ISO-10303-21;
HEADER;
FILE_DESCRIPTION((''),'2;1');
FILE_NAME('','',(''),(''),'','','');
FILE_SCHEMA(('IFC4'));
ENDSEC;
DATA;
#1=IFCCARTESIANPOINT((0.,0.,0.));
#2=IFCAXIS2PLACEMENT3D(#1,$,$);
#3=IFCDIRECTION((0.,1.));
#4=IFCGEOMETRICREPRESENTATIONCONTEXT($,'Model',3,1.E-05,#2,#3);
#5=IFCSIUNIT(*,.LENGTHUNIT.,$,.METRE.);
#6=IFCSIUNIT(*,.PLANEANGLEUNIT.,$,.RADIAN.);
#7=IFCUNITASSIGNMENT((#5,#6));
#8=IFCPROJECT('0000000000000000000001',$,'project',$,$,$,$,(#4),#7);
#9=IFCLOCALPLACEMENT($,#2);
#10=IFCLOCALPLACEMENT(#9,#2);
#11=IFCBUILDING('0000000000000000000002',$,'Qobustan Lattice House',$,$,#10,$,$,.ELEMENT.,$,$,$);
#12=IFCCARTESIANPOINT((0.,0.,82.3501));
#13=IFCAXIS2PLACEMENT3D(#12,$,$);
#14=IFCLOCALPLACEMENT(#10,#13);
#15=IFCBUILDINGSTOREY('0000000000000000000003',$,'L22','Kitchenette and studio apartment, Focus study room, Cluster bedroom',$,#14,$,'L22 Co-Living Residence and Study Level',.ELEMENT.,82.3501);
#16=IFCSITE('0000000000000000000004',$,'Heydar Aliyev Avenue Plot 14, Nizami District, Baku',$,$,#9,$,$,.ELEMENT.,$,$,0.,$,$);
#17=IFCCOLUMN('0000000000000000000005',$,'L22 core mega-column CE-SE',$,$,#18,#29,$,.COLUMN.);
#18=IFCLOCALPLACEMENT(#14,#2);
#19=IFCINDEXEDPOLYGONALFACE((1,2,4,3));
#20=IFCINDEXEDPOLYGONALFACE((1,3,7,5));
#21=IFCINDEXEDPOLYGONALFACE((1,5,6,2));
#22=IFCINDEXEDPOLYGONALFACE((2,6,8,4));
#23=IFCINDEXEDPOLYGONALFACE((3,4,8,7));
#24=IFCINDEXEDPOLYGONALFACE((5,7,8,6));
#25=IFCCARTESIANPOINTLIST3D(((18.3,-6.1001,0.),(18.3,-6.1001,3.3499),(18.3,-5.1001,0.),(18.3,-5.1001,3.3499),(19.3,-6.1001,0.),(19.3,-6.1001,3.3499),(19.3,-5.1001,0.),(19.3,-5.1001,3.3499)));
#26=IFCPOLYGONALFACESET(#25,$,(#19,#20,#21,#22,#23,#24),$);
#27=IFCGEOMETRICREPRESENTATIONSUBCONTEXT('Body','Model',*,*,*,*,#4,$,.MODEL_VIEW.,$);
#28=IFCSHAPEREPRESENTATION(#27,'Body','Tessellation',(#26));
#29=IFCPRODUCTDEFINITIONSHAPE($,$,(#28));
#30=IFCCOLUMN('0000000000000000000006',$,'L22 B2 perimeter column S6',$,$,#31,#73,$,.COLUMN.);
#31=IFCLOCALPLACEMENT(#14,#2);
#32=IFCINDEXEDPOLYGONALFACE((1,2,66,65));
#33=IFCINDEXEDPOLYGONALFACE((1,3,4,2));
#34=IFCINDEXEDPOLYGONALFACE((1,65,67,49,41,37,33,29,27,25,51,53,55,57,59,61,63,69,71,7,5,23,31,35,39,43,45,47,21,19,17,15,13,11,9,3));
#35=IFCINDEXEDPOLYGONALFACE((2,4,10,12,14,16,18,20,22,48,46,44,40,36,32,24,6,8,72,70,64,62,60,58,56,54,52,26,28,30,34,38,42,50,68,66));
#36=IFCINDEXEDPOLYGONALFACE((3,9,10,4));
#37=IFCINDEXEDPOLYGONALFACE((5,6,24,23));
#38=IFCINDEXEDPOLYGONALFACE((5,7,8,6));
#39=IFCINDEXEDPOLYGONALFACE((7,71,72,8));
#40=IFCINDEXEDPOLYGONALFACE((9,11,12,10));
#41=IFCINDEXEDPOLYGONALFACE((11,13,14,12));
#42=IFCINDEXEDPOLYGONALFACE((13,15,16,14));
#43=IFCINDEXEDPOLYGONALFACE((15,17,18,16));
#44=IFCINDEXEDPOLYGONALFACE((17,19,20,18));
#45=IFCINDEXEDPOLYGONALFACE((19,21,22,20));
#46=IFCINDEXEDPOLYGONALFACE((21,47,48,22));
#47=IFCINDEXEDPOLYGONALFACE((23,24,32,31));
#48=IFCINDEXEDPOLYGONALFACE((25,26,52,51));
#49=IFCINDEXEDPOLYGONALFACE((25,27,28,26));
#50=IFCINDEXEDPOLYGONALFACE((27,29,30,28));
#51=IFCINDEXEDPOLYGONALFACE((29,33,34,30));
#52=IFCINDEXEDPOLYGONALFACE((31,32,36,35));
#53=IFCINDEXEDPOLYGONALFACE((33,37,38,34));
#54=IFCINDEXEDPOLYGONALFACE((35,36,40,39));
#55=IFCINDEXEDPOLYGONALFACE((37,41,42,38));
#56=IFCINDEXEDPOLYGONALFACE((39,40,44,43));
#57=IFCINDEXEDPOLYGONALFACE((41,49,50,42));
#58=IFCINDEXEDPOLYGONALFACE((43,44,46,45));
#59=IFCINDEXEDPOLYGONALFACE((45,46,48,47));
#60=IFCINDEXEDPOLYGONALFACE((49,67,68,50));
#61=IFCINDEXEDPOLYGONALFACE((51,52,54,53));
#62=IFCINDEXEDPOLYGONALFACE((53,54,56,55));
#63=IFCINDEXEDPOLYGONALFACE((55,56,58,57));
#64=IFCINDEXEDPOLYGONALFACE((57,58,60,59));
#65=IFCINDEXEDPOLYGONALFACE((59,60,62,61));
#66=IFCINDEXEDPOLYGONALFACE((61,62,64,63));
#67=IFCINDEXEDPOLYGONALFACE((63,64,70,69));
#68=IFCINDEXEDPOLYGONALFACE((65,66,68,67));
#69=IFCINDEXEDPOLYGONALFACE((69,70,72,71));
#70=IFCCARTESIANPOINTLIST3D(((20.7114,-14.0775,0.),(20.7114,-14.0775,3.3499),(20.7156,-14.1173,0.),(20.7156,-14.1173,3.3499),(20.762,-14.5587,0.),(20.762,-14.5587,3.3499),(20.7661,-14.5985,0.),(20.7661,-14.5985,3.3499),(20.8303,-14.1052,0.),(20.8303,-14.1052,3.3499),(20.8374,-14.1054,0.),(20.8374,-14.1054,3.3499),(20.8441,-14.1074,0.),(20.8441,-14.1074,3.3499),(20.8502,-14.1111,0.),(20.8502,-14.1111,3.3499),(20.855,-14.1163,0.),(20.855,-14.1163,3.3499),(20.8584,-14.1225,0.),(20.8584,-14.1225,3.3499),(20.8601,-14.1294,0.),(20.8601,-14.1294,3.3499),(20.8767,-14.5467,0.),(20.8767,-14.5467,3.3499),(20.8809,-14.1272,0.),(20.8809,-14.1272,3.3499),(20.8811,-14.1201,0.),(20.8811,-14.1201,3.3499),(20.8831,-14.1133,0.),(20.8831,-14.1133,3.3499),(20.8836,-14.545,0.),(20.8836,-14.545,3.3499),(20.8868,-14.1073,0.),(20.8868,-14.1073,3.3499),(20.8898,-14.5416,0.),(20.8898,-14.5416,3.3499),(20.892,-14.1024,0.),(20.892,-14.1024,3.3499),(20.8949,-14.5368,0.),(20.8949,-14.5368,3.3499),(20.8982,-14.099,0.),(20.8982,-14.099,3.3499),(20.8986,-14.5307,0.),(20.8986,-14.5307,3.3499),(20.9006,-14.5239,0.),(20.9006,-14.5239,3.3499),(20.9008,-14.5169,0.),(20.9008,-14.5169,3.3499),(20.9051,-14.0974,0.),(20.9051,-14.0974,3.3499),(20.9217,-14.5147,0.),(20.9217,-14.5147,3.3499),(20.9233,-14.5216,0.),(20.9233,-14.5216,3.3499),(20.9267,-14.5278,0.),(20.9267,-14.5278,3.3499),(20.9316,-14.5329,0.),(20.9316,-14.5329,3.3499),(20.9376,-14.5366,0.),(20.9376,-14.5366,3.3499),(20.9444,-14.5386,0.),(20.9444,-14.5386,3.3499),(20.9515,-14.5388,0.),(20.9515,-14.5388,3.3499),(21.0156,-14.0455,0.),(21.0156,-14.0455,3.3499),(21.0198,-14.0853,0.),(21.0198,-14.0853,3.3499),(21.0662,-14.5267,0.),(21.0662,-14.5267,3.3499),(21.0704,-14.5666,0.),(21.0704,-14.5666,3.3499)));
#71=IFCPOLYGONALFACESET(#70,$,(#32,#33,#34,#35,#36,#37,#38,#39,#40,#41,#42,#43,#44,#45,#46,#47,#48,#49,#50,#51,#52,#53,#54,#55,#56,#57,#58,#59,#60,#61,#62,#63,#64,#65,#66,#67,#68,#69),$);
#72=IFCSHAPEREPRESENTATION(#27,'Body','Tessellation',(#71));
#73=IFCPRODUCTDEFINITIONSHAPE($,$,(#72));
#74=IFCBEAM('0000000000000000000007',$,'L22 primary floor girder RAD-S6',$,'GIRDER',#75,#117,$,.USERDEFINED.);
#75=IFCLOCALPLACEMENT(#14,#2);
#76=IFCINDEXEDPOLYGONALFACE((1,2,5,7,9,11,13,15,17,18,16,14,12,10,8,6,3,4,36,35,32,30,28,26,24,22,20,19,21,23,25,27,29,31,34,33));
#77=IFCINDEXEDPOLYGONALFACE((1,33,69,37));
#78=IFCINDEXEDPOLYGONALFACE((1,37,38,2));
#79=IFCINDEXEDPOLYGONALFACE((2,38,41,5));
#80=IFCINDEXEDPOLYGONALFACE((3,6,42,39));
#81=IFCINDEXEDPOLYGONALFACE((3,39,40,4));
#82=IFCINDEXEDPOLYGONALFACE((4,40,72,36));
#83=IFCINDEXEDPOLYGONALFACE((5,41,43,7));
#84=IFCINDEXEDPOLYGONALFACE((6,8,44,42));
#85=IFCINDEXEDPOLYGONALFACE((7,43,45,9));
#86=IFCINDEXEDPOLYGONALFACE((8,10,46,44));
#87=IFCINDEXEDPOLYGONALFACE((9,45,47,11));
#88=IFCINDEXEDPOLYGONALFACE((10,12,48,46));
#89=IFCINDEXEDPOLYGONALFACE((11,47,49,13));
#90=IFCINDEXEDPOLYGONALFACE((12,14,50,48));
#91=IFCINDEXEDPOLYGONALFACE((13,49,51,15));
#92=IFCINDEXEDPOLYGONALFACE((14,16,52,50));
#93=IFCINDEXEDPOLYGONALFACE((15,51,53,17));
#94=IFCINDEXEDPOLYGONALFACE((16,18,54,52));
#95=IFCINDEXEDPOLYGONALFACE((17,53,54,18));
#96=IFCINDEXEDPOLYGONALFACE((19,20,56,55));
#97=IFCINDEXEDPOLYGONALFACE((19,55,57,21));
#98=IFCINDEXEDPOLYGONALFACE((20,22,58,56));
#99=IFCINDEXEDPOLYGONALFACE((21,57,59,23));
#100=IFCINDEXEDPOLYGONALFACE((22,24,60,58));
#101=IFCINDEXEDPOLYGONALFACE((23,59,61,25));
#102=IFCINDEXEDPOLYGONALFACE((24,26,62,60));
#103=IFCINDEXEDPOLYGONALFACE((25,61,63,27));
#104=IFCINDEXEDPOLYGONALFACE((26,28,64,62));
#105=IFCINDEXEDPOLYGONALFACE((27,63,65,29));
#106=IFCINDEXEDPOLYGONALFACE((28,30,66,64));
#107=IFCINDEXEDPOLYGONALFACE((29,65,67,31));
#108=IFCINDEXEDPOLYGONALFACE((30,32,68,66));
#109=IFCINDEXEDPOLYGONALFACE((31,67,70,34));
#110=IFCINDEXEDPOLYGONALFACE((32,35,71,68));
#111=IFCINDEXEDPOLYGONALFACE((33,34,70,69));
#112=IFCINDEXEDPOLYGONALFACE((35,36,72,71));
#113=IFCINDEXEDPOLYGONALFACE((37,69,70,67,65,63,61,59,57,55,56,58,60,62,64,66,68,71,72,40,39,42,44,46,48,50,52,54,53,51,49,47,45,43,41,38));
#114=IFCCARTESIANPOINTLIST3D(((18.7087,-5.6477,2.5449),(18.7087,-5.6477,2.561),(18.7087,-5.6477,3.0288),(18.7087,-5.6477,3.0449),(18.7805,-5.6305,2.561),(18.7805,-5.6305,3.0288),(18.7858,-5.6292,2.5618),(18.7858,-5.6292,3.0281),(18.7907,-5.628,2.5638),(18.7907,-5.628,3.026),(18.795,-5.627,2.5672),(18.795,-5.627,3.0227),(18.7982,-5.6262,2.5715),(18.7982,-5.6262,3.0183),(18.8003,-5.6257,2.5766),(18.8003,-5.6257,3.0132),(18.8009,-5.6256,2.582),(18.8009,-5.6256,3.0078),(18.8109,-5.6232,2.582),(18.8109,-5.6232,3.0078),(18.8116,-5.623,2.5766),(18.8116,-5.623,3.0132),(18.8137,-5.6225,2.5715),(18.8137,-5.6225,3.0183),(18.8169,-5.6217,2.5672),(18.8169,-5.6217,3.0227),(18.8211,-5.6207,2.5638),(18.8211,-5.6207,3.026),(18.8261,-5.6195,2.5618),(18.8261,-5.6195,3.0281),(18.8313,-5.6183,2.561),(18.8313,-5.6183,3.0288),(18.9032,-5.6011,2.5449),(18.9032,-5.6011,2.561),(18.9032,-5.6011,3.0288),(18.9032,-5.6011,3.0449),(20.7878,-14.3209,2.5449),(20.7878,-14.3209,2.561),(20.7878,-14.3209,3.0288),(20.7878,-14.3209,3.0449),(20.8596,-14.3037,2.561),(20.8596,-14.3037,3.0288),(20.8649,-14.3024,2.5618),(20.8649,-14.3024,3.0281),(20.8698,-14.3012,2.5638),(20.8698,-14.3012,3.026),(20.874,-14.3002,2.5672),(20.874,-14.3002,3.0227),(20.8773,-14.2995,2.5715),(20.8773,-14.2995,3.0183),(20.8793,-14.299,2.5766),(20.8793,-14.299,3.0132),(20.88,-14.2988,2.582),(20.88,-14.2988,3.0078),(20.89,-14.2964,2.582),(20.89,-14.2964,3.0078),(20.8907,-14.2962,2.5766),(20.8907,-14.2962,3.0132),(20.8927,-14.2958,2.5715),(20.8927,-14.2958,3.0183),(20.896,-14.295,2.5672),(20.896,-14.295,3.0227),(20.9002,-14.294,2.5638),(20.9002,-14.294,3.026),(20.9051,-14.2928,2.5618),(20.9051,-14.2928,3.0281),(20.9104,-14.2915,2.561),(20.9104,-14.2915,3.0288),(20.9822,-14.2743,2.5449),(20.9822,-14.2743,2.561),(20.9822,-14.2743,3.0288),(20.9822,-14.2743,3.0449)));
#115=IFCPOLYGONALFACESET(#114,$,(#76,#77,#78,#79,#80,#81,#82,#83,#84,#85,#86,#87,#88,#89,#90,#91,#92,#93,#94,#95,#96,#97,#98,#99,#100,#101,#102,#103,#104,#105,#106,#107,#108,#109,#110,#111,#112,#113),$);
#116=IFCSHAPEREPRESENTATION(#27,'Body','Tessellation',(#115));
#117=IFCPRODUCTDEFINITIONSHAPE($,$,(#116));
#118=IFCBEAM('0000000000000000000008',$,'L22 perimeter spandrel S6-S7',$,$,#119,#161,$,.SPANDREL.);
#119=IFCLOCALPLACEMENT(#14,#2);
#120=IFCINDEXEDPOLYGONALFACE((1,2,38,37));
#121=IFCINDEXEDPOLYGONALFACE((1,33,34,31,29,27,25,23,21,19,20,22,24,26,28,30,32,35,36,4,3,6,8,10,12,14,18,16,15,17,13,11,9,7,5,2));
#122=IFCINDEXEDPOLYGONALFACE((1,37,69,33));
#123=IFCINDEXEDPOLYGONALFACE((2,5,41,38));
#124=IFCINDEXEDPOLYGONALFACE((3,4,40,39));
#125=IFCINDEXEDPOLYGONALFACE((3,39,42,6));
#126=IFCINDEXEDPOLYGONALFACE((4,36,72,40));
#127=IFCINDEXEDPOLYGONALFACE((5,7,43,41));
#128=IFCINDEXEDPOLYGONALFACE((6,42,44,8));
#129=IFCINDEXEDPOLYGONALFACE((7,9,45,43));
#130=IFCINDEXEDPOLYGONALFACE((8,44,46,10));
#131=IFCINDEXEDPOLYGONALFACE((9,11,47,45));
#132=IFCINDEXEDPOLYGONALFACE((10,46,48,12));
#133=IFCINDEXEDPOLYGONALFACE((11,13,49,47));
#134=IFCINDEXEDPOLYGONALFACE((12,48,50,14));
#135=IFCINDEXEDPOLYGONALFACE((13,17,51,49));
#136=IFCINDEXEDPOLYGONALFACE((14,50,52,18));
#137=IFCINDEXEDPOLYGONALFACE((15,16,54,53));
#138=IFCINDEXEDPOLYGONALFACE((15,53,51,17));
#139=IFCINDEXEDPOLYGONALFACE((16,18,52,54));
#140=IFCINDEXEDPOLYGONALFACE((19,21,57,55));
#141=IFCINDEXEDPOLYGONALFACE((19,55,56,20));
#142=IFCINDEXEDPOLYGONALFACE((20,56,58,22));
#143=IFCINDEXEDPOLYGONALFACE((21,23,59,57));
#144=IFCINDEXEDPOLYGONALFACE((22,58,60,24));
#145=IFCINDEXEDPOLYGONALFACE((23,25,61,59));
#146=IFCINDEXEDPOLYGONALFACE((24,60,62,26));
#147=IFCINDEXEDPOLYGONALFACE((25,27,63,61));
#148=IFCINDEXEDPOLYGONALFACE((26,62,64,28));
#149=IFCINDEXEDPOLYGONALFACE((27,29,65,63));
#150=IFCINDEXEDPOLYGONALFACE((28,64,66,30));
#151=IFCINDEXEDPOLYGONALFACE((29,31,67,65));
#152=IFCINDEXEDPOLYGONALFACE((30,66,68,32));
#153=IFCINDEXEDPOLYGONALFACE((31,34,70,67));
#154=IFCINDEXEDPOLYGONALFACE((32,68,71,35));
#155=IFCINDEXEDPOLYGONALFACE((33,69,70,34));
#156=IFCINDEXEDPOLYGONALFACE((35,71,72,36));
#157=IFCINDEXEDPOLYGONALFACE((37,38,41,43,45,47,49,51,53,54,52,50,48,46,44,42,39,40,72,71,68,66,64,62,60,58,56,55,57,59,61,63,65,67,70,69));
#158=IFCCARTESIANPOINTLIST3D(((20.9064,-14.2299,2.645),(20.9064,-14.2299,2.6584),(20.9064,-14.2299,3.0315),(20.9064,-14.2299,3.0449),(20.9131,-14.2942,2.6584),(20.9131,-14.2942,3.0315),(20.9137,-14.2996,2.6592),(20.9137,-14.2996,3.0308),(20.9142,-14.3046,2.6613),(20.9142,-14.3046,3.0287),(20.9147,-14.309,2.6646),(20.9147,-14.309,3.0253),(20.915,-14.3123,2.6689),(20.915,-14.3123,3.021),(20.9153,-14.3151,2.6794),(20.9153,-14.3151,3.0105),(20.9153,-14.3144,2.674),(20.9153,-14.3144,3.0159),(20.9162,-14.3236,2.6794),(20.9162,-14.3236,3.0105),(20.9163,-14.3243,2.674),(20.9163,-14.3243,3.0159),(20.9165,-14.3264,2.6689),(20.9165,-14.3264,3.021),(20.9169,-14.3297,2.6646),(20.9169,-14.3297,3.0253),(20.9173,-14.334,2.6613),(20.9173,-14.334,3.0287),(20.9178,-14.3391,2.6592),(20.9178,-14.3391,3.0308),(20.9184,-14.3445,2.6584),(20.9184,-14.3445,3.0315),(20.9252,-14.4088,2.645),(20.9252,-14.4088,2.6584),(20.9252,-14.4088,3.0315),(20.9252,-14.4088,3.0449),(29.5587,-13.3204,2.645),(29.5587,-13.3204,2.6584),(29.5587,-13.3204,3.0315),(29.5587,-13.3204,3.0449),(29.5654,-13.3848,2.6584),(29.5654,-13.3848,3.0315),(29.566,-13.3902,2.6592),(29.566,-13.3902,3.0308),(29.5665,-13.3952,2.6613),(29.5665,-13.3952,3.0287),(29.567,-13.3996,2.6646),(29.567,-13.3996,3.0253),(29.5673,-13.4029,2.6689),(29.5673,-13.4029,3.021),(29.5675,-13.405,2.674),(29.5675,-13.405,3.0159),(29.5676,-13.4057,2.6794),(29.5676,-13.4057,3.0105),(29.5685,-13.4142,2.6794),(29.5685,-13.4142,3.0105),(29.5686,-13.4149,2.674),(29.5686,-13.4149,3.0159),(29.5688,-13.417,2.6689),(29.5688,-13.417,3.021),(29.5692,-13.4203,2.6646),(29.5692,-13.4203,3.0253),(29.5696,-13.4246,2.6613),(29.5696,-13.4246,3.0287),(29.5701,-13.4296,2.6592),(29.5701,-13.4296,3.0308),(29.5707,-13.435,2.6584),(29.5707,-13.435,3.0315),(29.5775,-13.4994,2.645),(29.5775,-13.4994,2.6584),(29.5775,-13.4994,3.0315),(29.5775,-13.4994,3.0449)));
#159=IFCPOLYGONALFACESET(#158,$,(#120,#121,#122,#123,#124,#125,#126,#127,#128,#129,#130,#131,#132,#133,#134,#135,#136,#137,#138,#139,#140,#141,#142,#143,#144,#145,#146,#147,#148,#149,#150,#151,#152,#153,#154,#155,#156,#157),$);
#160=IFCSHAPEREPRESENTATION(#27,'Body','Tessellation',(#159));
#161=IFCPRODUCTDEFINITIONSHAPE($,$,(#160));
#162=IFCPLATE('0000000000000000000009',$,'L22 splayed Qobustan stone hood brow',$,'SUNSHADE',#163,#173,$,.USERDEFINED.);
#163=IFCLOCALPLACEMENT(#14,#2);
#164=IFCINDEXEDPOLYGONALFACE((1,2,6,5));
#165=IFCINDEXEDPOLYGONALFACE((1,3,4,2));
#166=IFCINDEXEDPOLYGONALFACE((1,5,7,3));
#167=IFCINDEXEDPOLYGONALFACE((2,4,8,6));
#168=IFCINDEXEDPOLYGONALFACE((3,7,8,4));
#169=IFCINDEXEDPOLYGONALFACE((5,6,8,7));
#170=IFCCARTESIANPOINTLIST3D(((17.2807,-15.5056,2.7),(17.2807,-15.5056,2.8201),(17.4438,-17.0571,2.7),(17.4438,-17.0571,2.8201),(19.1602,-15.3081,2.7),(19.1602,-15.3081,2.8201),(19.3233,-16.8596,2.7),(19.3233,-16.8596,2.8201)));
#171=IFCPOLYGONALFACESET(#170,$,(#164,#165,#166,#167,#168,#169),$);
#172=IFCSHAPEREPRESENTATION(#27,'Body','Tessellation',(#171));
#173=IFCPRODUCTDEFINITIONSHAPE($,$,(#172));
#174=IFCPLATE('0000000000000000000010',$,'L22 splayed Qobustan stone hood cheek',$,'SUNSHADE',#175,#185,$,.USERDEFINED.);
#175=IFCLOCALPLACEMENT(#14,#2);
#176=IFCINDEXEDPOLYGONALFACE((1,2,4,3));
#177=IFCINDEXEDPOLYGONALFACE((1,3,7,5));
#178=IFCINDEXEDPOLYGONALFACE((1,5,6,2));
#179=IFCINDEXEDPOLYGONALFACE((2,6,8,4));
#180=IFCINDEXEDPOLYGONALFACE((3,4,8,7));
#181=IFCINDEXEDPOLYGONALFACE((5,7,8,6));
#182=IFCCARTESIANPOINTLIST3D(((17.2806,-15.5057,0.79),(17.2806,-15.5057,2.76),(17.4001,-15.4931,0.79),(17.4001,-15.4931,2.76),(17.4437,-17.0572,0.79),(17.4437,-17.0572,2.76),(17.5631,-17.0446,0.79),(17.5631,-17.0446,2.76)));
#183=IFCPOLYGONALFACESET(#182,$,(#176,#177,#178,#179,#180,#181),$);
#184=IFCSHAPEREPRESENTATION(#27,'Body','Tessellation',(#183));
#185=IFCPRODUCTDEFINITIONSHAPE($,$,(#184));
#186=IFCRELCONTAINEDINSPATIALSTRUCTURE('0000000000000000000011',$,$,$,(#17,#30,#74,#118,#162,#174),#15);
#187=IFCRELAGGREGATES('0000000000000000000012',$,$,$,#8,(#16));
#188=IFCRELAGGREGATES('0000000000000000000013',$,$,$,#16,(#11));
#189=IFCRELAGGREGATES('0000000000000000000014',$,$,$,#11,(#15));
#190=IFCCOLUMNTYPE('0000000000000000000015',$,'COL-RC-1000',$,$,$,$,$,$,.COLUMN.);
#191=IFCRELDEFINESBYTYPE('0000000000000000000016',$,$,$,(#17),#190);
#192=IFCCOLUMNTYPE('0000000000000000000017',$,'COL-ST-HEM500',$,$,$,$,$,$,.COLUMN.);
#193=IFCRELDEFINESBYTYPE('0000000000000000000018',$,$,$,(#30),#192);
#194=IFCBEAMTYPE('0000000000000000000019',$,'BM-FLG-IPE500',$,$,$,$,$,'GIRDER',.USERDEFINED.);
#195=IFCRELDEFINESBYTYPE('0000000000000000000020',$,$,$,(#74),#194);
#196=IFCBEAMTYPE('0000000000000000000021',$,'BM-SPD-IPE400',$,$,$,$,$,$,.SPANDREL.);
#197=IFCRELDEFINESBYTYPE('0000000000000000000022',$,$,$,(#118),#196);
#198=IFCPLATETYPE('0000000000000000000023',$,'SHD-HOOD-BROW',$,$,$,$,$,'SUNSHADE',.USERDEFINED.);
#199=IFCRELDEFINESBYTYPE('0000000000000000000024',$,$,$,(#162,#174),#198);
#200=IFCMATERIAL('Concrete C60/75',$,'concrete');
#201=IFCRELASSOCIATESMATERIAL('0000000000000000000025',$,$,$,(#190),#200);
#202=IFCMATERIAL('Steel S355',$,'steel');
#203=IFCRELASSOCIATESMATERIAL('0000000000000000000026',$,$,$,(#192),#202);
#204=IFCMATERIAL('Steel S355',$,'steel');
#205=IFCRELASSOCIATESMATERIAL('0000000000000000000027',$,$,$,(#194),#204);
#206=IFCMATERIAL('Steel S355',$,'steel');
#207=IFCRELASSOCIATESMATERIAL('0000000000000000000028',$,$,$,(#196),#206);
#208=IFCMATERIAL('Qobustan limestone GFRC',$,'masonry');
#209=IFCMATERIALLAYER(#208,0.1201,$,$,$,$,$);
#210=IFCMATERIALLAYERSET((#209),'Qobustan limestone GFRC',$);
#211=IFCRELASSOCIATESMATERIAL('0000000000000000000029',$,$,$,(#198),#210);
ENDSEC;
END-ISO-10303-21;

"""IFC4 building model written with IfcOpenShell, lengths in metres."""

from ifc_helpers import new_model, si_unit, direction, frame, origin, origin_2d, place, context, subcontext, project, spatial, rectangle, i_section, extrude, material, layer, layer_set, material_profile, profile_set, type_object, element, save


model = new_model("IFC4")

# Units and contexts
model_context = context("Model", 3, precision=1e-05, world=origin(), true_north=direction((0.0, 1.0)))
body_context = subcontext(model_context, "Body", "Model", "MODEL_VIEW")
ifc_project = project(units=[si_unit("LENGTHUNIT", "METRE"), si_unit("PLANEANGLEUNIT", "RADIAN")], contexts=[model_context])

# Site, building, storey
site_placement = place(None, origin())
site = spatial("IfcSite", under=ifc_project, at=site_placement, Name="Heydar Aliyev Avenue Plot 14, Nizami District, Baku", CompositionType="ELEMENT", RefElevation=0.0)
building_placement = place(site_placement, origin())
building = spatial("IfcBuilding", under=site, at=building_placement, Name="Qobustan Lattice House", CompositionType="ELEMENT")
storey_placement = place(building_placement, frame((0.0, 0.0, 82.3501)))
storey = spatial("IfcBuildingStorey", under=building, at=storey_placement, Name="L22", Description="Kitchenette and studio apartment, Focus study room, Cluster bedroom", LongName="L22 Co-Living Residence and Study Level", CompositionType="ELEMENT", Elevation=82.3501)

# Columns
ifc_material_1 = material(Name="Concrete C60/75", Category="concrete")
ifc_material_profile_1 = material_profile(ifc_material_1, rectangle(XDim=1.0, YDim=1.0, at=origin_2d()), Name="RC1000x1000")
ifc_profile_set_1 = profile_set([ifc_material_profile_1], Name="Concrete C60/75")
column_type_1 = type_object("IfcColumnType", Name="COL-RC-1000", PredefinedType="COLUMN", material=ifc_profile_set_1)
column_1_placement = place(storey_placement, frame((18.8, -5.6001, 0.0), z_axis=(0.0, 0.0, 1.0), x_axis=(1.0, 0.0, 0.0)))
element("IfcColumn", 1, at=column_1_placement, inside=storey, type_object=column_type_1, Name="L22 core mega-column CE-SE", PredefinedType="COLUMN", context=body_context, shape_type="SweptSolid", body=[
    extrude(rectangle(XDim=1.0, YDim=1.0, at=origin_2d()), origin(), (0.0, 0.0, 1.0), 3.3499),
])
ifc_material_2 = material(Name="Steel S355", Category="steel")
ifc_material_profile_2 = material_profile(ifc_material_2, i_section(OverallWidth=0.3059, OverallDepth=0.5239, WebThickness=0.021, FlangeThickness=0.04, FilletRadius=0.0271, at=origin_2d()), Name="HEM500")
ifc_profile_set_2 = profile_set([ifc_material_profile_2], Name="Steel S355")
column_type_2 = type_object("IfcColumnType", Name="COL-ST-HEM500", PredefinedType="COLUMN", material=ifc_profile_set_2)
column_2_placement = place(storey_placement, frame((20.8909, -14.322, 0.0), z_axis=(0.0, 0.0, 1.0), x_axis=(0.994522, 0.104528, 0.0)))
element("IfcColumn", 2, at=column_2_placement, inside=storey, type_object=column_type_2, Name="L22 B2 perimeter column S6", PredefinedType="COLUMN", context=body_context, shape_type="SweptSolid", body=[
    extrude(i_section(OverallWidth=0.3059, OverallDepth=0.5239, WebThickness=0.021, FlangeThickness=0.04, FilletRadius=0.0271, at=origin_2d()), origin(), (0.0, 0.0, 1.0), 3.3499),
])

# Beams
ifc_material_3 = material(Name="Steel S355", Category="steel")
ifc_material_profile_3 = material_profile(ifc_material_3, i_section(OverallWidth=0.2, OverallDepth=0.5, WebThickness=0.0103, FlangeThickness=0.0161, FilletRadius=0.021, at=origin_2d()), Name="IPE500")
ifc_profile_set_3 = profile_set([ifc_material_profile_3], Name="Steel S355")
beam_type_1 = type_object("IfcBeamType", Name="BM-FLG-IPE500", ElementType="GIRDER", PredefinedType="USERDEFINED", material=ifc_profile_set_3)
beam_1_placement = place(storey_placement, frame((20.885, -14.2976, 2.7949), z_axis=(-0.233108, 0.972451, 0.0), x_axis=(-0.972451, -0.233108, 0.0)))
element("IfcBeam", 3, at=beam_1_placement, inside=storey, type_object=beam_type_1, Name="L22 primary floor girder RAD-S6", ObjectType="GIRDER", PredefinedType="USERDEFINED", context=body_context, shape_type="SweptSolid", body=[
    extrude(i_section(OverallWidth=0.2, OverallDepth=0.5, WebThickness=0.0103, FlangeThickness=0.0161, FilletRadius=0.021, at=origin_2d()), origin(), (0.0, 0.0, 1.0), 8.9189),
])
ifc_material_4 = material(Name="Steel S355", Category="steel")
ifc_material_profile_4 = material_profile(ifc_material_4, i_section(OverallWidth=0.1799, OverallDepth=0.3999, WebThickness=0.0085, FlangeThickness=0.0134, FilletRadius=0.021, at=origin_2d()), Name="IPE400")
ifc_profile_set_4 = profile_set([ifc_material_profile_4], Name="Steel S355")
beam_type_2 = type_object("IfcBeamType", Name="BM-SPD-IPE400", PredefinedType="SPANDREL", material=ifc_profile_set_4)
beam_2_placement = place(storey_placement, frame((20.9158, -14.3193, 2.845), z_axis=(0.994522, 0.104531, 0.0), x_axis=(-0.104531, 0.994522, 0.0)))
element("IfcBeam", 4, at=beam_2_placement, inside=storey, type_object=beam_type_2, Name="L22 perimeter spandrel S6-S7", PredefinedType="SPANDREL", context=body_context, shape_type="SweptSolid", body=[
    extrude(i_section(OverallWidth=0.1799, OverallDepth=0.3999, WebThickness=0.0085, FlangeThickness=0.0134, FilletRadius=0.021, at=origin_2d()), origin(), (0.0, 0.0, 1.0), 8.7),
])

# Plates
ifc_material_5 = material(Name="Qobustan limestone GFRC", Category="masonry")
ifc_layer_1 = layer(ifc_material_5, 0.1201)
ifc_layer_set_1 = layer_set([ifc_layer_1], Name="Qobustan limestone GFRC")
plate_type = type_object("IfcPlateType", Name="SHD-HOOD-BROW", ElementType="SUNSHADE", PredefinedType="USERDEFINED", material=ifc_layer_set_1)
plate_1_placement = place(storey_placement, frame((18.302, -16.1826, 2.7), z_axis=(0.0, 0.0, 1.0), x_axis=(-0.994522, -0.104528, 0.0)))
element("IfcPlate", 5, at=plate_1_placement, inside=storey, type_object=plate_type, Name="L22 splayed Qobustan stone hood brow", ObjectType="SUNSHADE", PredefinedType="USERDEFINED", context=body_context, shape_type="SweptSolid", body=[
    extrude(rectangle(XDim=1.8899, YDim=1.5601, at=origin_2d()), origin(), (0.0, 0.0, 1.0), 0.1201),
])
plate_2_placement = place(storey_placement, frame((17.4219, -16.2751, 0.79), z_axis=(0.0, 0.0, 1.0), x_axis=(-0.994522, -0.104528, 0.0)))
element("IfcPlate", 6, at=plate_2_placement, inside=storey, type_object=plate_type, Name="L22 splayed Qobustan stone hood cheek", ObjectType="SUNSHADE", PredefinedType="USERDEFINED", context=body_context, shape_type="SweptSolid", body=[
    extrude(rectangle(XDim=0.1201, YDim=1.5601, at=origin_2d()), origin(), (0.0, 0.0, 1.0), 1.97),
])

save(model, "model.ifc")
